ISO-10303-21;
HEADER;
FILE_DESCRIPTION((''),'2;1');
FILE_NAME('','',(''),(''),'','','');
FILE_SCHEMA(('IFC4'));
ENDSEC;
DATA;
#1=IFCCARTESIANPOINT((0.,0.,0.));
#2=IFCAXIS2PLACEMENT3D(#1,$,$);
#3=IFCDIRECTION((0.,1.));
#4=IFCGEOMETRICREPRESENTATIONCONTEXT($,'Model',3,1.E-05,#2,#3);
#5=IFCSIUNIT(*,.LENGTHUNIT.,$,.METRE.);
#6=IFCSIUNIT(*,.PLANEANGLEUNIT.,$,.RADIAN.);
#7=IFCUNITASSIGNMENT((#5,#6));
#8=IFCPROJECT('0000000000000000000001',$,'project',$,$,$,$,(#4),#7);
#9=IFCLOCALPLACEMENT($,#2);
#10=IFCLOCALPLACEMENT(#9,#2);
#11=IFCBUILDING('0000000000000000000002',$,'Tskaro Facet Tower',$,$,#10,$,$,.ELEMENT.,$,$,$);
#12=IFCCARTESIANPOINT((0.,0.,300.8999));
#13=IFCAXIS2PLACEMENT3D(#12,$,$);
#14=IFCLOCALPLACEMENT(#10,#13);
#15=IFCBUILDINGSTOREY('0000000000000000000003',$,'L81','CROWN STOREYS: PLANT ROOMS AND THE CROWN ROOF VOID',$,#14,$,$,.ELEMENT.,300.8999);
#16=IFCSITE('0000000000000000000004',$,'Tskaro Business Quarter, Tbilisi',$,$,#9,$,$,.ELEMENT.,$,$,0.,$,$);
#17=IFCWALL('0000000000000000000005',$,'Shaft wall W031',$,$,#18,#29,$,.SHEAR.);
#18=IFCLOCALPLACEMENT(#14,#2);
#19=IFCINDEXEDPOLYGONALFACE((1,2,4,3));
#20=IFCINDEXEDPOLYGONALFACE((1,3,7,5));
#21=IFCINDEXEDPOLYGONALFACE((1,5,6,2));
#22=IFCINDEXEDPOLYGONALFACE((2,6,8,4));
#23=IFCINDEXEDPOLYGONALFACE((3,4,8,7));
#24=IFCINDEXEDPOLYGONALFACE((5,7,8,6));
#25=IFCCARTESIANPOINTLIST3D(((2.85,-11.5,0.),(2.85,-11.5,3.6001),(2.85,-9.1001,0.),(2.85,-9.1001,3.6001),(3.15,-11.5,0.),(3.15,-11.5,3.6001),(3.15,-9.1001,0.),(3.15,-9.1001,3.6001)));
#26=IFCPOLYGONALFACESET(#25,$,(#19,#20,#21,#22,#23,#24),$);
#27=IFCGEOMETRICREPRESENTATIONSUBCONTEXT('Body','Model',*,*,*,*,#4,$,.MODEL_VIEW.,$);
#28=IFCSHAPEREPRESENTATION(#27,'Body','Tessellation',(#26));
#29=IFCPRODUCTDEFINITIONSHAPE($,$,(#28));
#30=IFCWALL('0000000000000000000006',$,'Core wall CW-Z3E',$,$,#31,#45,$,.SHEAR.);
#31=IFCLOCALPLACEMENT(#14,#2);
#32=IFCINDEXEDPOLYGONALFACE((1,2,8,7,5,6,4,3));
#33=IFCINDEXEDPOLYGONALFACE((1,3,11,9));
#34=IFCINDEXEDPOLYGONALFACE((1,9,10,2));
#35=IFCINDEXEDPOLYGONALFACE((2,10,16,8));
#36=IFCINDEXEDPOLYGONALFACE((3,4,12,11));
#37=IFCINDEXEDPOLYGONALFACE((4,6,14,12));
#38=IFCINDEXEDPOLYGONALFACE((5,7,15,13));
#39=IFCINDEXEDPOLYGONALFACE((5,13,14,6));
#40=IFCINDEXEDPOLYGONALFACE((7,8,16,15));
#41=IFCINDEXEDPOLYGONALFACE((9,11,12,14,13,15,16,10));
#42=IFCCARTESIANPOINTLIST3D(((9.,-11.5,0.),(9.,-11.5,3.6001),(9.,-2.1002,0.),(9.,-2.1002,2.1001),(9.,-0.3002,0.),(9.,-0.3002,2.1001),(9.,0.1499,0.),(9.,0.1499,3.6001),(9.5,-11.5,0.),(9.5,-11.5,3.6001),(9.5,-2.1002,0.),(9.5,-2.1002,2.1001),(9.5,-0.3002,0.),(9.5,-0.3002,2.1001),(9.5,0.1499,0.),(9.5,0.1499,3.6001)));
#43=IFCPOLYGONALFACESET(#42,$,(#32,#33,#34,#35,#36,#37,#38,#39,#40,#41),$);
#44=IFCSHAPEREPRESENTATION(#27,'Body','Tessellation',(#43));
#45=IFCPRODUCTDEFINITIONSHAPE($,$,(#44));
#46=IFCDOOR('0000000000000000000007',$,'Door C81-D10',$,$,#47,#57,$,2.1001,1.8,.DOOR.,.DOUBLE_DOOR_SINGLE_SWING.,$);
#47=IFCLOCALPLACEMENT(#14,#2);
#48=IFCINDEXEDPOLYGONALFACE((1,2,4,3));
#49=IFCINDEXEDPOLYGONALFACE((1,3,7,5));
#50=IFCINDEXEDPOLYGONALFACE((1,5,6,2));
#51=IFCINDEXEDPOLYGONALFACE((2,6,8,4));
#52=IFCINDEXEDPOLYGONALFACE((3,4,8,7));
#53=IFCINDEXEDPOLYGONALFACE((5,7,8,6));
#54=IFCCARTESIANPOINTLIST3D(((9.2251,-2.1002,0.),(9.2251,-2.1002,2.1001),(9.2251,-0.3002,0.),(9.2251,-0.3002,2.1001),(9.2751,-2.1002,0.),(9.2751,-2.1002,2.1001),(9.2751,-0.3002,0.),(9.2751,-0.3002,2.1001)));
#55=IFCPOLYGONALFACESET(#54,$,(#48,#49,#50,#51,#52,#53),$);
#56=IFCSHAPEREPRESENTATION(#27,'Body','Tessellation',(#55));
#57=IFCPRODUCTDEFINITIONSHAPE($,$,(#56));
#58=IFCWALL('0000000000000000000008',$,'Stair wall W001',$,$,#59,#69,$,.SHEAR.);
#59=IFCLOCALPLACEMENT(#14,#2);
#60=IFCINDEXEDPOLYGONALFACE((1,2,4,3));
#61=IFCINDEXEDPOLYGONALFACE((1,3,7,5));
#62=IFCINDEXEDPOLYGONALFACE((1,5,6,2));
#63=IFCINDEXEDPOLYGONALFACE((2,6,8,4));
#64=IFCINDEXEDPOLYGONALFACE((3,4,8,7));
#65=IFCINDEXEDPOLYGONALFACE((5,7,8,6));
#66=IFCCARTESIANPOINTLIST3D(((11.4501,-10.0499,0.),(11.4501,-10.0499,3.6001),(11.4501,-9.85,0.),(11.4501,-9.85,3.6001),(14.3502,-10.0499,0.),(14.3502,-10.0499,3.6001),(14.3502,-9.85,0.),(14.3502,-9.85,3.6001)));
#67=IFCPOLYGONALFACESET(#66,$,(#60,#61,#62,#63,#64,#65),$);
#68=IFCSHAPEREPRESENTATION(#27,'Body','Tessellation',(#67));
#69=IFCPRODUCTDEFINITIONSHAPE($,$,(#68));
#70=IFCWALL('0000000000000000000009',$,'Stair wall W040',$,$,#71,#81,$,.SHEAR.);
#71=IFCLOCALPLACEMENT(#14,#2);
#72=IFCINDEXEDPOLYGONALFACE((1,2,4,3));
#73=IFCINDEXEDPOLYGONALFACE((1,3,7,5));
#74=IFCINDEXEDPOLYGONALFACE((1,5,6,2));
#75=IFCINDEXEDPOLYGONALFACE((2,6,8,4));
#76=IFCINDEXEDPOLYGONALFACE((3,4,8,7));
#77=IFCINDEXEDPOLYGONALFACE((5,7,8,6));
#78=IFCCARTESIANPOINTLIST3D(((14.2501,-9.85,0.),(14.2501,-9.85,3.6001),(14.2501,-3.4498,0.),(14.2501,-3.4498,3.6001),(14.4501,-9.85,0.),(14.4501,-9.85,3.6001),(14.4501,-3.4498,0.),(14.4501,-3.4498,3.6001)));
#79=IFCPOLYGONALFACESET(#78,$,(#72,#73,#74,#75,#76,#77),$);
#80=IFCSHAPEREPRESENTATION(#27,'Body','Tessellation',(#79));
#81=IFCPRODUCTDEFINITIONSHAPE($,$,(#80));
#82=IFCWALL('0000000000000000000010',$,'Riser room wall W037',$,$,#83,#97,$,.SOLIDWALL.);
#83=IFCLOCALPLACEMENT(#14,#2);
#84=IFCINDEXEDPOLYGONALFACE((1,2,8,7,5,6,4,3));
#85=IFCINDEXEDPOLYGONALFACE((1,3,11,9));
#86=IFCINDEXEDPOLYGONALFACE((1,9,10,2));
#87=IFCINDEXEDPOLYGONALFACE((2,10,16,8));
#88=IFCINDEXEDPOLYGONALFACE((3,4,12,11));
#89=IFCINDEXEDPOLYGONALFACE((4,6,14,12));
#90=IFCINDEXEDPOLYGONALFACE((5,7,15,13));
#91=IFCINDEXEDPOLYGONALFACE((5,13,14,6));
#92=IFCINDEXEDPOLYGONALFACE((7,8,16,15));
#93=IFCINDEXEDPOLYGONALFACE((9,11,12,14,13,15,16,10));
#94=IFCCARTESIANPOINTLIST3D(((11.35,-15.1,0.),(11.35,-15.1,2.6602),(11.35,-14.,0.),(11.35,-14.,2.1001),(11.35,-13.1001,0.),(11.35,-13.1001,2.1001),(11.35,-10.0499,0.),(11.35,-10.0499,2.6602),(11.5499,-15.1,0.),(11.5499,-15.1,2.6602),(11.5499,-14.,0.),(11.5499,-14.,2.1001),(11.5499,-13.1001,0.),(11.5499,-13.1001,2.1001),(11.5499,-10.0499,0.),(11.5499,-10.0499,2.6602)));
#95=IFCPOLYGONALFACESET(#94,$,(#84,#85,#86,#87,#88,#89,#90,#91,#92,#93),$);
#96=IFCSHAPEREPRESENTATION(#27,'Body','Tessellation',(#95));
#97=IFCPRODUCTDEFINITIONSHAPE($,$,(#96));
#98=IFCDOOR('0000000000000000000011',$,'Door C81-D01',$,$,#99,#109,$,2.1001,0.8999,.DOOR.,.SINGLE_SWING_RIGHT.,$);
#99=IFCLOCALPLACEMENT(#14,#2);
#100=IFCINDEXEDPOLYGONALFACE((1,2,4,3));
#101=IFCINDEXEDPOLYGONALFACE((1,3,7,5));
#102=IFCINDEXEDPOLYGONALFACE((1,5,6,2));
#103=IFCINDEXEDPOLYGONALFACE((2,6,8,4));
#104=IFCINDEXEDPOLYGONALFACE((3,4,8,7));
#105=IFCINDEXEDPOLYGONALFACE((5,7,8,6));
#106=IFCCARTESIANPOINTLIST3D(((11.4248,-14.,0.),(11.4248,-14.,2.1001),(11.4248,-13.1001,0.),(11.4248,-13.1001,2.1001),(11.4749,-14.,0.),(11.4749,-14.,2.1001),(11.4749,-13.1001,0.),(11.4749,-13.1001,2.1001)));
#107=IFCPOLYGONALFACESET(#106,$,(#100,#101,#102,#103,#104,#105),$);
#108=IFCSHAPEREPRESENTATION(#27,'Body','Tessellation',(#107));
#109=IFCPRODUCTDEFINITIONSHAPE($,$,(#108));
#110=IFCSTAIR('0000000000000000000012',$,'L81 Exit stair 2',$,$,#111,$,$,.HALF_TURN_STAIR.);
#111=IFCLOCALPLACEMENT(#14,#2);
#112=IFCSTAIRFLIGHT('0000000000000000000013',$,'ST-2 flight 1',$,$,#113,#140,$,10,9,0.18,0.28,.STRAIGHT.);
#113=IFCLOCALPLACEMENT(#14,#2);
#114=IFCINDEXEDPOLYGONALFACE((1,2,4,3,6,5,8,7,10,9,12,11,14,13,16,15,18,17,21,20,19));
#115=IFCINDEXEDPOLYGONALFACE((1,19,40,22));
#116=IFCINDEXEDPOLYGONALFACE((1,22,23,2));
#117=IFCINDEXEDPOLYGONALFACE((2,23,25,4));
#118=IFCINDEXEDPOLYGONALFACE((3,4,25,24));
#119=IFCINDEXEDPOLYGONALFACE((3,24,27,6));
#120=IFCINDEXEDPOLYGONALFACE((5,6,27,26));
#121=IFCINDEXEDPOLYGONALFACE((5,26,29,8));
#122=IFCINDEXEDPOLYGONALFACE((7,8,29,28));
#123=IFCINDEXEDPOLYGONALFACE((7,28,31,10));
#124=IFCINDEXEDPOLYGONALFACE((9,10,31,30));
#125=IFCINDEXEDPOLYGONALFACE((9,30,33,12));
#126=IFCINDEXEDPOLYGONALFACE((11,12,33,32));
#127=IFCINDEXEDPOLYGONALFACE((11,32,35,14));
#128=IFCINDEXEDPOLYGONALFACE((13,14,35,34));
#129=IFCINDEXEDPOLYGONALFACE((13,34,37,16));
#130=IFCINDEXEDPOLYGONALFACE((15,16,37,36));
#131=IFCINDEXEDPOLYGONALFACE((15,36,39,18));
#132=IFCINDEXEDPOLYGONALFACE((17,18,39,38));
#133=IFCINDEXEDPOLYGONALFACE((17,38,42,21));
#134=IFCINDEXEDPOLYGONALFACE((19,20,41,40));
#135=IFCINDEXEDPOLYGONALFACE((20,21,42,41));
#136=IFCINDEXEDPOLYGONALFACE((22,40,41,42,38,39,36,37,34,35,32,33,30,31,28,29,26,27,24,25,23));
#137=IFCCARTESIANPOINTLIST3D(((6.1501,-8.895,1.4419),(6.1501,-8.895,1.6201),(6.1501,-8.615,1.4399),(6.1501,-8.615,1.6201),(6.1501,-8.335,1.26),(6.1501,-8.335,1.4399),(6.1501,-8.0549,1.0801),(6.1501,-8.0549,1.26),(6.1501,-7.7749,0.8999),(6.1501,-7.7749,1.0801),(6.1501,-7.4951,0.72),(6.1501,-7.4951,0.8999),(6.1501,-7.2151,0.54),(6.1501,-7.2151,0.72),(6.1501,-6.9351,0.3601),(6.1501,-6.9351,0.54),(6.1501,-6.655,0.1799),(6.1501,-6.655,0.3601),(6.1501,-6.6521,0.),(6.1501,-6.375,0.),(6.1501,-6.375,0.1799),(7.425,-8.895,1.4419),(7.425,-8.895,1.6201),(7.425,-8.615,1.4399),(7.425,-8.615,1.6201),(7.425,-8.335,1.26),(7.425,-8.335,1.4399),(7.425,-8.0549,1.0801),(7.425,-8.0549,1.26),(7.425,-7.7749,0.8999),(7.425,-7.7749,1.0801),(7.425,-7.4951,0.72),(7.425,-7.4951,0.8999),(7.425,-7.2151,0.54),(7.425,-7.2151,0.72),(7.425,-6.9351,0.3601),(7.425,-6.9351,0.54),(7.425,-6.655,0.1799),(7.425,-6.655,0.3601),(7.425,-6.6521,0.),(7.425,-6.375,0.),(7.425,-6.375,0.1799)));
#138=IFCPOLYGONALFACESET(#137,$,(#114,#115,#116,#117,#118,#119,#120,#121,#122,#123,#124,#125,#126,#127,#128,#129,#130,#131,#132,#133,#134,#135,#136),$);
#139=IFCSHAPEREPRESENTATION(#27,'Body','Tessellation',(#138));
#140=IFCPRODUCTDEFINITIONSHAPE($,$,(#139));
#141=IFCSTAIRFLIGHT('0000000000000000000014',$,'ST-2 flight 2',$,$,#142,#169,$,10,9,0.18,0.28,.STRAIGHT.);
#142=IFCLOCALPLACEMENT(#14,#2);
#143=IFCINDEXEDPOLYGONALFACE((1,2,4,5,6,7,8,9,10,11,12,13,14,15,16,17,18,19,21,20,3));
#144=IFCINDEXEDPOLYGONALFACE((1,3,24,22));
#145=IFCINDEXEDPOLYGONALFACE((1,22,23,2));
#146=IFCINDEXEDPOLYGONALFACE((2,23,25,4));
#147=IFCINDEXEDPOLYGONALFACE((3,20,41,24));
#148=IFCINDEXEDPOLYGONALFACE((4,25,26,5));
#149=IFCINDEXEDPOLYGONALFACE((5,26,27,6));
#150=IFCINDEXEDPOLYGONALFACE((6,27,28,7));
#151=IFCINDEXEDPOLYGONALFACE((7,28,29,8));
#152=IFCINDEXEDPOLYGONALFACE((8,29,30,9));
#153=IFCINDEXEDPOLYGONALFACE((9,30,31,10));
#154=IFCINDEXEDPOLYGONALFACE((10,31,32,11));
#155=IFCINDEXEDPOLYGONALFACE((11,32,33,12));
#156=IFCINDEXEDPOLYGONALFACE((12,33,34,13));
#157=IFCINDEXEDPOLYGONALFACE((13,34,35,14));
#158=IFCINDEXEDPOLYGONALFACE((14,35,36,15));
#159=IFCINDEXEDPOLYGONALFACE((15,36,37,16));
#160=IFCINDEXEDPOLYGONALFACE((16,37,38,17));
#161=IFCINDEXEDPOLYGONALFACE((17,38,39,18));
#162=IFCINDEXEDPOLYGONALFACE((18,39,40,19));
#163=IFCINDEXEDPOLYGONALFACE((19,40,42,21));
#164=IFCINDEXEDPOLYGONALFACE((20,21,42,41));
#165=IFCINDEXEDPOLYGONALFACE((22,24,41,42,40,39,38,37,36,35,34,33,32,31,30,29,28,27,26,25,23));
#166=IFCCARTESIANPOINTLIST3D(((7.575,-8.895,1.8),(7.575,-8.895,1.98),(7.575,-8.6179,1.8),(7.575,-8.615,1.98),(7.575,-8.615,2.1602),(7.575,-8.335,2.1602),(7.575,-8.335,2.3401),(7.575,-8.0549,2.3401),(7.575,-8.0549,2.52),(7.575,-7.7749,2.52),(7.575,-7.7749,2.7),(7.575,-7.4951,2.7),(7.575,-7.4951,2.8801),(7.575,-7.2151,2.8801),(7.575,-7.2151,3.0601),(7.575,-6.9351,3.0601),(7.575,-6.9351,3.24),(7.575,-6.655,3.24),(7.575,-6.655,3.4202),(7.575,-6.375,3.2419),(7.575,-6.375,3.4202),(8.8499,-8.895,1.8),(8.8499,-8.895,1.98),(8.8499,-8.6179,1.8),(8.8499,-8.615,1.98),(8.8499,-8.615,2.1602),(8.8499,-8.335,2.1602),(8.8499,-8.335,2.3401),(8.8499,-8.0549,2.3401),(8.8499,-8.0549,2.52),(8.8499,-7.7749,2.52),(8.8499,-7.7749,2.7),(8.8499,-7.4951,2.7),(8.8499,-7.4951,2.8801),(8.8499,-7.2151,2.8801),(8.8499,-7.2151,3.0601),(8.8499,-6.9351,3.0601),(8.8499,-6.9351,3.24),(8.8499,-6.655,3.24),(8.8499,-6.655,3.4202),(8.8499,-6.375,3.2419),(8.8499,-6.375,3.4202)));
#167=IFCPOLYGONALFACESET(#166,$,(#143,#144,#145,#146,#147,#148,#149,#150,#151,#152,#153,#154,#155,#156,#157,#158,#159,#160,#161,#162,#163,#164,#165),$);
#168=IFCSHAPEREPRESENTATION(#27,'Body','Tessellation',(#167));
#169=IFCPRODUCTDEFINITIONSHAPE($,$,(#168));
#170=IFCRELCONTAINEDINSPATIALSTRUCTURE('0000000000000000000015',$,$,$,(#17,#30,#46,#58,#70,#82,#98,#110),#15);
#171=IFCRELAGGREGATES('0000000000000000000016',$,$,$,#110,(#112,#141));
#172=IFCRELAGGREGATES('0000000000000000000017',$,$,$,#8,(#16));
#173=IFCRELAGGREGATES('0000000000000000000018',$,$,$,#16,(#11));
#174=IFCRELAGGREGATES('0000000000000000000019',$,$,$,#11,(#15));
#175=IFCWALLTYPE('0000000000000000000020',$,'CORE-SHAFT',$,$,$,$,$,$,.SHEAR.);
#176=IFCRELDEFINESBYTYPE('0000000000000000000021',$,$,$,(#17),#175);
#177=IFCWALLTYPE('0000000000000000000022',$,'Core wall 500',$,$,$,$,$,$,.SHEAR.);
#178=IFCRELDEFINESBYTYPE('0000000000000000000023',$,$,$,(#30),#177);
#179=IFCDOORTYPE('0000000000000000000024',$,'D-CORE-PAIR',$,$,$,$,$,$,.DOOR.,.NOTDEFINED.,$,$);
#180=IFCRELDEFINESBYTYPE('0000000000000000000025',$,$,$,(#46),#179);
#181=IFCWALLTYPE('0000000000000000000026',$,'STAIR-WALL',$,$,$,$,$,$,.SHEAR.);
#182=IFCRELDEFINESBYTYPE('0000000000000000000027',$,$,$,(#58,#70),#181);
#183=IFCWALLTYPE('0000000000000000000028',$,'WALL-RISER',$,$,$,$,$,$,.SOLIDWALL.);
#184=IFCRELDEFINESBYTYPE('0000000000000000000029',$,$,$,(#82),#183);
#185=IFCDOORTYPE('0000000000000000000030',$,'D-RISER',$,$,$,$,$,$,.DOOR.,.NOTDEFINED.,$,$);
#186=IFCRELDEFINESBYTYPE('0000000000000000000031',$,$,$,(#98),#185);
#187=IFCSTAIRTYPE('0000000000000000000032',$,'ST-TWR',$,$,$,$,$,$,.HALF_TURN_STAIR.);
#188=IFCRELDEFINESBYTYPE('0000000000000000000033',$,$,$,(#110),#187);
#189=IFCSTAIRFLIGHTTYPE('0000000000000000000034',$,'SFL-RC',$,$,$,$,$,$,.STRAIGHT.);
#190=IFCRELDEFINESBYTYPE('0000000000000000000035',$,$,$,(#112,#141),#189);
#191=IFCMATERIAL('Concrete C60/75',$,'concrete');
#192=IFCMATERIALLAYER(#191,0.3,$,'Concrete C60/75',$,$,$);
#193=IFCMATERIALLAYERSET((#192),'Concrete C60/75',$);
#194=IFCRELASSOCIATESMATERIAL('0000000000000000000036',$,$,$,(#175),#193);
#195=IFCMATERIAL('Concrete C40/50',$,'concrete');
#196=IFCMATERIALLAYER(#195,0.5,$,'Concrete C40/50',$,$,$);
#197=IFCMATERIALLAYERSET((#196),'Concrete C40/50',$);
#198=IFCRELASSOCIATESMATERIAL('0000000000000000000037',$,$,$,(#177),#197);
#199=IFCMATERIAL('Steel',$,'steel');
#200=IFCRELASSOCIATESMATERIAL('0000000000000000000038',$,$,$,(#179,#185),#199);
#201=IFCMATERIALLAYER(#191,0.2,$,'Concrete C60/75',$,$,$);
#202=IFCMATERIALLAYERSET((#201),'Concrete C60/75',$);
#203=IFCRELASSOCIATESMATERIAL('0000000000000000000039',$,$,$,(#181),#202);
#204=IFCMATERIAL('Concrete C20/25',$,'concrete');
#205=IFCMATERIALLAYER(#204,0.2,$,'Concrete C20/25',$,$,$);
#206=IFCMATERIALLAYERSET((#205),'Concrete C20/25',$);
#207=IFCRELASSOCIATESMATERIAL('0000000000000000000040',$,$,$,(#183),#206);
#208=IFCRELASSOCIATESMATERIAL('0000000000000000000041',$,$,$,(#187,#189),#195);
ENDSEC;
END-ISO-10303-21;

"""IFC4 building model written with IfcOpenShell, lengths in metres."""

from ifc_helpers import new_model, si_unit, direction, frame, frame_2d, origin, place, context, subcontext, project, spatial, polyline, rectangle, outline, extrude, material, layer, layer_set, type_object, element, fill, aggregate, save


model = new_model("IFC4")

# Units and contexts
model_context = context("Model", 3, precision=1e-05, world=origin(), true_north=direction((0.0, 1.0)))
body_context = subcontext(model_context, "Body", "Model", "MODEL_VIEW")
ifc_project = project(units=[si_unit("LENGTHUNIT", "METRE"), si_unit("PLANEANGLEUNIT", "RADIAN")], contexts=[model_context])

# Site, building, storey
site_placement = place(None, origin())
site = spatial("IfcSite", under=ifc_project, at=site_placement, Name="Tskaro Business Quarter, Tbilisi", CompositionType="ELEMENT", RefElevation=0.0)
building_placement = place(site_placement, origin())
building = spatial("IfcBuilding", under=site, at=building_placement, Name="Tskaro Facet Tower", CompositionType="ELEMENT")
storey_placement = place(building_placement, frame((0.0, 0.0, 300.8999)))
storey = spatial("IfcBuildingStorey", under=building, at=storey_placement, Name="L81", Description="CROWN STOREYS: PLANT ROOMS AND THE CROWN ROOF VOID", CompositionType="ELEMENT", Elevation=300.8999)

# Wall
ifc_material_1 = material(Name="Concrete C60/75", Category="concrete")
ifc_layer_1 = layer(ifc_material_1, 0.3, Name="Concrete C60/75")
ifc_layer_set_1 = layer_set([ifc_layer_1], Name="Concrete C60/75")
wall_type_1 = type_object("IfcWallType", Name="CORE-SHAFT", PredefinedType="SHEAR", material=ifc_layer_set_1)
wall_1_placement = place(storey_placement, frame((3.0, -11.5, 0.0), z_axis=(0.0, 0.0, 1.0), x_axis=(0.0, 1.0, 0.0)))
element("IfcWall", 1, at=wall_1_placement, inside=storey, type_object=wall_type_1, Name="Shaft wall W031", PredefinedType="SHEAR", context=body_context, shape_type="SweptSolid", body=[
    extrude(rectangle(XDim=2.3999, YDim=0.3, at=frame_2d((1.2, 0.0))), origin(), (0.0, 0.0, 1.0), 3.6001),
])

# Wall, opening, door
ifc_material_2 = material(Name="Concrete C40/50", Category="concrete")
ifc_layer_2 = layer(ifc_material_2, 0.5, Name="Concrete C40/50")
ifc_layer_set_2 = layer_set([ifc_layer_2], Name="Concrete C40/50")
wall_type_2 = type_object("IfcWallType", Name="Core wall 500", PredefinedType="SHEAR", material=ifc_layer_set_2)
wall_2_placement = place(storey_placement, frame((9.25, -11.5, 0.0), z_axis=(0.0, 0.0, 1.0), x_axis=(0.0, 1.0, 0.0)))
wall_2 = element("IfcWall", 2, at=wall_2_placement, inside=storey, type_object=wall_type_2, Name="Core wall CW-Z3E", PredefinedType="SHEAR", context=body_context, shape_type="SweptSolid", body=[
    extrude(outline(polyline([(0.0, 0.0), (11.6499, 0.0), (11.6499, 3.6001), (0.0, 3.6001), (0.0, 0.0)])), frame((0.0, 0.25, 0.0), z_axis=(0.0, -1.0, 0.0), x_axis=(1.0, 0.0, 0.0)), (0.0, 0.0, 1.0), 0.5),
])
opening_1_placement = place(wall_2_placement, frame((9.3999, 0.0, 0.0)))
opening_1 = element("IfcOpeningElement", 3, at=opening_1_placement, cuts=wall_2, PredefinedType="OPENING", context=body_context, shape_type="SweptSolid", body=[
    extrude(rectangle(XDim=1.8, YDim=2.1001, at=frame_2d((0.8999, 1.05))), frame((0.0, 0.26, 0.0), z_axis=(0.0, -1.0, 0.0), x_axis=(1.0, 0.0, 0.0)), (0.0, 0.0, 1.0), 0.52),
])
ifc_material_3 = material(Name="Steel", Category="steel")
door_type_1 = type_object("IfcDoorType", Name="D-CORE-PAIR", OperationType="NOTDEFINED", PredefinedType="DOOR", material=ifc_material_3)
door_1_placement = place(opening_1_placement, origin())
door_1 = element("IfcDoor", 4, at=door_1_placement, inside=storey, type_object=door_type_1, Name="Door C81-D10", OperationType="DOUBLE_DOOR_SINGLE_SWING", OverallHeight=2.1001, OverallWidth=1.8, PredefinedType="DOOR", context=body_context, shape_type="SweptSolid", body=[
    extrude(rectangle(XDim=1.8, YDim=2.1001, at=frame_2d((0.8999, 1.05))), frame((0.0, 0.0249, 0.0), z_axis=(0.0, -1.0, 0.0), x_axis=(1.0, 0.0, 0.0)), (0.0, 0.0, 1.0), 0.05),
])
fill(opening_1, door_1)

# Walls
ifc_layer_3 = layer(ifc_material_1, 0.2, Name="Concrete C60/75")
ifc_layer_set_3 = layer_set([ifc_layer_3], Name="Concrete C60/75")
wall_type_3 = type_object("IfcWallType", Name="STAIR-WALL", PredefinedType="SHEAR", material=ifc_layer_set_3)
wall_3_placement = place(storey_placement, frame((11.45, -9.95, 0.0), z_axis=(0.0, 0.0, 1.0), x_axis=(1.0, 0.0, 0.0)))
element("IfcWall", 5, at=wall_3_placement, inside=storey, type_object=wall_type_3, Name="Stair wall W001", PredefinedType="SHEAR", context=body_context, shape_type="SweptSolid", body=[
    extrude(rectangle(XDim=2.9001, YDim=0.2, at=frame_2d((1.4502, 0.0))), origin(), (0.0, 0.0, 1.0), 3.6001),
])
wall_4_placement = place(storey_placement, frame((14.3501, -9.8501, 0.0), z_axis=(0.0, 0.0, 1.0), x_axis=(0.0, 1.0, 0.0)))
element("IfcWall", 6, at=wall_4_placement, inside=storey, type_object=wall_type_3, Name="Stair wall W040", PredefinedType="SHEAR", context=body_context, shape_type="SweptSolid", body=[
    extrude(rectangle(XDim=6.4001, YDim=0.2, at=frame_2d((3.2002, 0.0))), origin(), (0.0, 0.0, 1.0), 3.6001),
])

# Wall, opening, door
ifc_material_4 = material(Name="Concrete C20/25", Category="concrete")
ifc_layer_4 = layer(ifc_material_4, 0.2, Name="Concrete C20/25")
ifc_layer_set_4 = layer_set([ifc_layer_4], Name="Concrete C20/25")
wall_type_4 = type_object("IfcWallType", Name="WALL-RISER", PredefinedType="SOLIDWALL", material=ifc_layer_set_4)
wall_5_placement = place(storey_placement, frame((11.45, -10.05, 0.0), z_axis=(0.0, 0.0, 1.0), x_axis=(0.0, -1.0, 0.0)))
wall_5 = element("IfcWall", 7, at=wall_5_placement, inside=storey, type_object=wall_type_4, Name="Riser room wall W037", PredefinedType="SOLIDWALL", context=body_context, shape_type="SweptSolid", body=[
    extrude(rectangle(XDim=5.05, YDim=0.2, at=frame_2d((2.5249, 0.0))), origin(), (0.0, 0.0, 1.0), 2.6602),
])
opening_2_placement = place(wall_5_placement, frame((3.05, 0.0, 0.0)))
opening_2 = element("IfcOpeningElement", 8, at=opening_2_placement, cuts=wall_5, PredefinedType="OPENING", context=body_context, shape_type="SweptSolid", body=[
    extrude(rectangle(XDim=0.8999, YDim=2.1001, at=frame_2d((0.45, 1.05))), frame((0.0, 0.1099, 0.0), z_axis=(0.0, -1.0, 0.0), x_axis=(1.0, 0.0, 0.0)), (0.0, 0.0, 1.0), 0.22),
])
door_type_2 = type_object("IfcDoorType", Name="D-RISER", OperationType="NOTDEFINED", PredefinedType="DOOR", material=ifc_material_3)
door_2_placement = place(opening_2_placement, origin())
door_2 = element("IfcDoor", 9, at=door_2_placement, inside=storey, type_object=door_type_2, Name="Door C81-D01", OperationType="SINGLE_SWING_RIGHT", OverallHeight=2.1001, OverallWidth=0.8999, PredefinedType="DOOR", context=body_context, shape_type="SweptSolid", body=[
    extrude(rectangle(XDim=0.8999, YDim=2.1001, at=frame_2d((0.45, 1.05))), frame((0.0, 0.0249, 0.0), z_axis=(0.0, -1.0, 0.0), x_axis=(1.0, 0.0, 0.0)), (0.0, 0.0, 1.0), 0.05),
])
fill(opening_2, door_2)

# Stair, stair flights
stair_type = type_object("IfcStairType", Name="ST-TWR", PredefinedType="HALF_TURN_STAIR", material=ifc_material_2)
stair_1_placement = place(storey_placement, origin())
stair_1 = element("IfcStair", 10, at=stair_1_placement, inside=storey, type_object=stair_type, Name="L81 Exit stair 2", PredefinedType="HALF_TURN_STAIR")
stair_flight_type = type_object("IfcStairFlightType", Name="SFL-RC", PredefinedType="STRAIGHT", material=ifc_material_2)
stair_flight_1_placement = place(storey_placement, frame((6.7876, -6.375, 0.0), z_axis=(0.0, 0.0, 1.0), x_axis=(0.0, -1.0, 0.0)))
stair_flight_1 = element("IfcStairFlight", 11, at=stair_flight_1_placement, type_object=stair_flight_type, Name="ST-2 flight 1", NumberOfRisers=10, NumberOfTreads=9, PredefinedType="STRAIGHT", RiserHeight=0.18, TreadLength=0.28, context=body_context, shape_type="SweptSolid", body=[
    extrude(outline(polyline([(0.0, 0.0), (0.0, 0.1799), (0.28, 0.1799), (0.28, 0.3601), (0.5601, 0.3601), (0.5601, 0.54), (0.8401, 0.54), (0.8401, 0.72), (1.1201, 0.72), (1.1201, 0.8999), (1.3999, 0.8999), (1.3999, 1.0801), (1.6799, 1.0801), (1.6799, 1.26), (1.96, 1.26), (1.96, 1.4399), (2.24, 1.4399), (2.24, 1.6201), (2.52, 1.6201), (2.52, 1.8), (2.52, 1.4419), (0.2771, 0.0), (0.0, 0.0)])), frame((0.0, 0.6375, 0.0), z_axis=(0.0, -1.0, 0.0), x_axis=(1.0, 0.0, 0.0)), (0.0, 0.0, 1.0), 1.2749),
])
stair_flight_2_placement = place(storey_placement, frame((8.2124, -8.895, 1.8), z_axis=(0.0, 0.0, 1.0), x_axis=(0.0, 1.0, 0.0)))
stair_flight_2 = element("IfcStairFlight", 12, at=stair_flight_2_placement, type_object=stair_flight_type, Name="ST-2 flight 2", NumberOfRisers=10, NumberOfTreads=9, PredefinedType="STRAIGHT", RiserHeight=0.18, TreadLength=0.28, context=body_context, shape_type="SweptSolid", body=[
    extrude(outline(polyline([(0.0, 0.0), (0.0, 0.1799), (0.28, 0.1799), (0.28, 0.3601), (0.5601, 0.3601), (0.5601, 0.54), (0.8401, 0.54), (0.8401, 0.72), (1.1201, 0.72), (1.1201, 0.8999), (1.3999, 0.8999), (1.3999, 1.0801), (1.6799, 1.0801), (1.6799, 1.26), (1.96, 1.26), (1.96, 1.4399), (2.24, 1.4399), (2.24, 1.6201), (2.52, 1.6201), (2.52, 1.8), (2.52, 1.4419), (0.2771, 0.0), (0.0, 0.0)])), frame((0.0, 0.6375, 0.0), z_axis=(0.0, -1.0, 0.0), x_axis=(1.0, 0.0, 0.0)), (0.0, 0.0, 1.0), 1.2749),
])
aggregate(stair_1, [stair_flight_1, stair_flight_2])

save(model, "model.ifc")
